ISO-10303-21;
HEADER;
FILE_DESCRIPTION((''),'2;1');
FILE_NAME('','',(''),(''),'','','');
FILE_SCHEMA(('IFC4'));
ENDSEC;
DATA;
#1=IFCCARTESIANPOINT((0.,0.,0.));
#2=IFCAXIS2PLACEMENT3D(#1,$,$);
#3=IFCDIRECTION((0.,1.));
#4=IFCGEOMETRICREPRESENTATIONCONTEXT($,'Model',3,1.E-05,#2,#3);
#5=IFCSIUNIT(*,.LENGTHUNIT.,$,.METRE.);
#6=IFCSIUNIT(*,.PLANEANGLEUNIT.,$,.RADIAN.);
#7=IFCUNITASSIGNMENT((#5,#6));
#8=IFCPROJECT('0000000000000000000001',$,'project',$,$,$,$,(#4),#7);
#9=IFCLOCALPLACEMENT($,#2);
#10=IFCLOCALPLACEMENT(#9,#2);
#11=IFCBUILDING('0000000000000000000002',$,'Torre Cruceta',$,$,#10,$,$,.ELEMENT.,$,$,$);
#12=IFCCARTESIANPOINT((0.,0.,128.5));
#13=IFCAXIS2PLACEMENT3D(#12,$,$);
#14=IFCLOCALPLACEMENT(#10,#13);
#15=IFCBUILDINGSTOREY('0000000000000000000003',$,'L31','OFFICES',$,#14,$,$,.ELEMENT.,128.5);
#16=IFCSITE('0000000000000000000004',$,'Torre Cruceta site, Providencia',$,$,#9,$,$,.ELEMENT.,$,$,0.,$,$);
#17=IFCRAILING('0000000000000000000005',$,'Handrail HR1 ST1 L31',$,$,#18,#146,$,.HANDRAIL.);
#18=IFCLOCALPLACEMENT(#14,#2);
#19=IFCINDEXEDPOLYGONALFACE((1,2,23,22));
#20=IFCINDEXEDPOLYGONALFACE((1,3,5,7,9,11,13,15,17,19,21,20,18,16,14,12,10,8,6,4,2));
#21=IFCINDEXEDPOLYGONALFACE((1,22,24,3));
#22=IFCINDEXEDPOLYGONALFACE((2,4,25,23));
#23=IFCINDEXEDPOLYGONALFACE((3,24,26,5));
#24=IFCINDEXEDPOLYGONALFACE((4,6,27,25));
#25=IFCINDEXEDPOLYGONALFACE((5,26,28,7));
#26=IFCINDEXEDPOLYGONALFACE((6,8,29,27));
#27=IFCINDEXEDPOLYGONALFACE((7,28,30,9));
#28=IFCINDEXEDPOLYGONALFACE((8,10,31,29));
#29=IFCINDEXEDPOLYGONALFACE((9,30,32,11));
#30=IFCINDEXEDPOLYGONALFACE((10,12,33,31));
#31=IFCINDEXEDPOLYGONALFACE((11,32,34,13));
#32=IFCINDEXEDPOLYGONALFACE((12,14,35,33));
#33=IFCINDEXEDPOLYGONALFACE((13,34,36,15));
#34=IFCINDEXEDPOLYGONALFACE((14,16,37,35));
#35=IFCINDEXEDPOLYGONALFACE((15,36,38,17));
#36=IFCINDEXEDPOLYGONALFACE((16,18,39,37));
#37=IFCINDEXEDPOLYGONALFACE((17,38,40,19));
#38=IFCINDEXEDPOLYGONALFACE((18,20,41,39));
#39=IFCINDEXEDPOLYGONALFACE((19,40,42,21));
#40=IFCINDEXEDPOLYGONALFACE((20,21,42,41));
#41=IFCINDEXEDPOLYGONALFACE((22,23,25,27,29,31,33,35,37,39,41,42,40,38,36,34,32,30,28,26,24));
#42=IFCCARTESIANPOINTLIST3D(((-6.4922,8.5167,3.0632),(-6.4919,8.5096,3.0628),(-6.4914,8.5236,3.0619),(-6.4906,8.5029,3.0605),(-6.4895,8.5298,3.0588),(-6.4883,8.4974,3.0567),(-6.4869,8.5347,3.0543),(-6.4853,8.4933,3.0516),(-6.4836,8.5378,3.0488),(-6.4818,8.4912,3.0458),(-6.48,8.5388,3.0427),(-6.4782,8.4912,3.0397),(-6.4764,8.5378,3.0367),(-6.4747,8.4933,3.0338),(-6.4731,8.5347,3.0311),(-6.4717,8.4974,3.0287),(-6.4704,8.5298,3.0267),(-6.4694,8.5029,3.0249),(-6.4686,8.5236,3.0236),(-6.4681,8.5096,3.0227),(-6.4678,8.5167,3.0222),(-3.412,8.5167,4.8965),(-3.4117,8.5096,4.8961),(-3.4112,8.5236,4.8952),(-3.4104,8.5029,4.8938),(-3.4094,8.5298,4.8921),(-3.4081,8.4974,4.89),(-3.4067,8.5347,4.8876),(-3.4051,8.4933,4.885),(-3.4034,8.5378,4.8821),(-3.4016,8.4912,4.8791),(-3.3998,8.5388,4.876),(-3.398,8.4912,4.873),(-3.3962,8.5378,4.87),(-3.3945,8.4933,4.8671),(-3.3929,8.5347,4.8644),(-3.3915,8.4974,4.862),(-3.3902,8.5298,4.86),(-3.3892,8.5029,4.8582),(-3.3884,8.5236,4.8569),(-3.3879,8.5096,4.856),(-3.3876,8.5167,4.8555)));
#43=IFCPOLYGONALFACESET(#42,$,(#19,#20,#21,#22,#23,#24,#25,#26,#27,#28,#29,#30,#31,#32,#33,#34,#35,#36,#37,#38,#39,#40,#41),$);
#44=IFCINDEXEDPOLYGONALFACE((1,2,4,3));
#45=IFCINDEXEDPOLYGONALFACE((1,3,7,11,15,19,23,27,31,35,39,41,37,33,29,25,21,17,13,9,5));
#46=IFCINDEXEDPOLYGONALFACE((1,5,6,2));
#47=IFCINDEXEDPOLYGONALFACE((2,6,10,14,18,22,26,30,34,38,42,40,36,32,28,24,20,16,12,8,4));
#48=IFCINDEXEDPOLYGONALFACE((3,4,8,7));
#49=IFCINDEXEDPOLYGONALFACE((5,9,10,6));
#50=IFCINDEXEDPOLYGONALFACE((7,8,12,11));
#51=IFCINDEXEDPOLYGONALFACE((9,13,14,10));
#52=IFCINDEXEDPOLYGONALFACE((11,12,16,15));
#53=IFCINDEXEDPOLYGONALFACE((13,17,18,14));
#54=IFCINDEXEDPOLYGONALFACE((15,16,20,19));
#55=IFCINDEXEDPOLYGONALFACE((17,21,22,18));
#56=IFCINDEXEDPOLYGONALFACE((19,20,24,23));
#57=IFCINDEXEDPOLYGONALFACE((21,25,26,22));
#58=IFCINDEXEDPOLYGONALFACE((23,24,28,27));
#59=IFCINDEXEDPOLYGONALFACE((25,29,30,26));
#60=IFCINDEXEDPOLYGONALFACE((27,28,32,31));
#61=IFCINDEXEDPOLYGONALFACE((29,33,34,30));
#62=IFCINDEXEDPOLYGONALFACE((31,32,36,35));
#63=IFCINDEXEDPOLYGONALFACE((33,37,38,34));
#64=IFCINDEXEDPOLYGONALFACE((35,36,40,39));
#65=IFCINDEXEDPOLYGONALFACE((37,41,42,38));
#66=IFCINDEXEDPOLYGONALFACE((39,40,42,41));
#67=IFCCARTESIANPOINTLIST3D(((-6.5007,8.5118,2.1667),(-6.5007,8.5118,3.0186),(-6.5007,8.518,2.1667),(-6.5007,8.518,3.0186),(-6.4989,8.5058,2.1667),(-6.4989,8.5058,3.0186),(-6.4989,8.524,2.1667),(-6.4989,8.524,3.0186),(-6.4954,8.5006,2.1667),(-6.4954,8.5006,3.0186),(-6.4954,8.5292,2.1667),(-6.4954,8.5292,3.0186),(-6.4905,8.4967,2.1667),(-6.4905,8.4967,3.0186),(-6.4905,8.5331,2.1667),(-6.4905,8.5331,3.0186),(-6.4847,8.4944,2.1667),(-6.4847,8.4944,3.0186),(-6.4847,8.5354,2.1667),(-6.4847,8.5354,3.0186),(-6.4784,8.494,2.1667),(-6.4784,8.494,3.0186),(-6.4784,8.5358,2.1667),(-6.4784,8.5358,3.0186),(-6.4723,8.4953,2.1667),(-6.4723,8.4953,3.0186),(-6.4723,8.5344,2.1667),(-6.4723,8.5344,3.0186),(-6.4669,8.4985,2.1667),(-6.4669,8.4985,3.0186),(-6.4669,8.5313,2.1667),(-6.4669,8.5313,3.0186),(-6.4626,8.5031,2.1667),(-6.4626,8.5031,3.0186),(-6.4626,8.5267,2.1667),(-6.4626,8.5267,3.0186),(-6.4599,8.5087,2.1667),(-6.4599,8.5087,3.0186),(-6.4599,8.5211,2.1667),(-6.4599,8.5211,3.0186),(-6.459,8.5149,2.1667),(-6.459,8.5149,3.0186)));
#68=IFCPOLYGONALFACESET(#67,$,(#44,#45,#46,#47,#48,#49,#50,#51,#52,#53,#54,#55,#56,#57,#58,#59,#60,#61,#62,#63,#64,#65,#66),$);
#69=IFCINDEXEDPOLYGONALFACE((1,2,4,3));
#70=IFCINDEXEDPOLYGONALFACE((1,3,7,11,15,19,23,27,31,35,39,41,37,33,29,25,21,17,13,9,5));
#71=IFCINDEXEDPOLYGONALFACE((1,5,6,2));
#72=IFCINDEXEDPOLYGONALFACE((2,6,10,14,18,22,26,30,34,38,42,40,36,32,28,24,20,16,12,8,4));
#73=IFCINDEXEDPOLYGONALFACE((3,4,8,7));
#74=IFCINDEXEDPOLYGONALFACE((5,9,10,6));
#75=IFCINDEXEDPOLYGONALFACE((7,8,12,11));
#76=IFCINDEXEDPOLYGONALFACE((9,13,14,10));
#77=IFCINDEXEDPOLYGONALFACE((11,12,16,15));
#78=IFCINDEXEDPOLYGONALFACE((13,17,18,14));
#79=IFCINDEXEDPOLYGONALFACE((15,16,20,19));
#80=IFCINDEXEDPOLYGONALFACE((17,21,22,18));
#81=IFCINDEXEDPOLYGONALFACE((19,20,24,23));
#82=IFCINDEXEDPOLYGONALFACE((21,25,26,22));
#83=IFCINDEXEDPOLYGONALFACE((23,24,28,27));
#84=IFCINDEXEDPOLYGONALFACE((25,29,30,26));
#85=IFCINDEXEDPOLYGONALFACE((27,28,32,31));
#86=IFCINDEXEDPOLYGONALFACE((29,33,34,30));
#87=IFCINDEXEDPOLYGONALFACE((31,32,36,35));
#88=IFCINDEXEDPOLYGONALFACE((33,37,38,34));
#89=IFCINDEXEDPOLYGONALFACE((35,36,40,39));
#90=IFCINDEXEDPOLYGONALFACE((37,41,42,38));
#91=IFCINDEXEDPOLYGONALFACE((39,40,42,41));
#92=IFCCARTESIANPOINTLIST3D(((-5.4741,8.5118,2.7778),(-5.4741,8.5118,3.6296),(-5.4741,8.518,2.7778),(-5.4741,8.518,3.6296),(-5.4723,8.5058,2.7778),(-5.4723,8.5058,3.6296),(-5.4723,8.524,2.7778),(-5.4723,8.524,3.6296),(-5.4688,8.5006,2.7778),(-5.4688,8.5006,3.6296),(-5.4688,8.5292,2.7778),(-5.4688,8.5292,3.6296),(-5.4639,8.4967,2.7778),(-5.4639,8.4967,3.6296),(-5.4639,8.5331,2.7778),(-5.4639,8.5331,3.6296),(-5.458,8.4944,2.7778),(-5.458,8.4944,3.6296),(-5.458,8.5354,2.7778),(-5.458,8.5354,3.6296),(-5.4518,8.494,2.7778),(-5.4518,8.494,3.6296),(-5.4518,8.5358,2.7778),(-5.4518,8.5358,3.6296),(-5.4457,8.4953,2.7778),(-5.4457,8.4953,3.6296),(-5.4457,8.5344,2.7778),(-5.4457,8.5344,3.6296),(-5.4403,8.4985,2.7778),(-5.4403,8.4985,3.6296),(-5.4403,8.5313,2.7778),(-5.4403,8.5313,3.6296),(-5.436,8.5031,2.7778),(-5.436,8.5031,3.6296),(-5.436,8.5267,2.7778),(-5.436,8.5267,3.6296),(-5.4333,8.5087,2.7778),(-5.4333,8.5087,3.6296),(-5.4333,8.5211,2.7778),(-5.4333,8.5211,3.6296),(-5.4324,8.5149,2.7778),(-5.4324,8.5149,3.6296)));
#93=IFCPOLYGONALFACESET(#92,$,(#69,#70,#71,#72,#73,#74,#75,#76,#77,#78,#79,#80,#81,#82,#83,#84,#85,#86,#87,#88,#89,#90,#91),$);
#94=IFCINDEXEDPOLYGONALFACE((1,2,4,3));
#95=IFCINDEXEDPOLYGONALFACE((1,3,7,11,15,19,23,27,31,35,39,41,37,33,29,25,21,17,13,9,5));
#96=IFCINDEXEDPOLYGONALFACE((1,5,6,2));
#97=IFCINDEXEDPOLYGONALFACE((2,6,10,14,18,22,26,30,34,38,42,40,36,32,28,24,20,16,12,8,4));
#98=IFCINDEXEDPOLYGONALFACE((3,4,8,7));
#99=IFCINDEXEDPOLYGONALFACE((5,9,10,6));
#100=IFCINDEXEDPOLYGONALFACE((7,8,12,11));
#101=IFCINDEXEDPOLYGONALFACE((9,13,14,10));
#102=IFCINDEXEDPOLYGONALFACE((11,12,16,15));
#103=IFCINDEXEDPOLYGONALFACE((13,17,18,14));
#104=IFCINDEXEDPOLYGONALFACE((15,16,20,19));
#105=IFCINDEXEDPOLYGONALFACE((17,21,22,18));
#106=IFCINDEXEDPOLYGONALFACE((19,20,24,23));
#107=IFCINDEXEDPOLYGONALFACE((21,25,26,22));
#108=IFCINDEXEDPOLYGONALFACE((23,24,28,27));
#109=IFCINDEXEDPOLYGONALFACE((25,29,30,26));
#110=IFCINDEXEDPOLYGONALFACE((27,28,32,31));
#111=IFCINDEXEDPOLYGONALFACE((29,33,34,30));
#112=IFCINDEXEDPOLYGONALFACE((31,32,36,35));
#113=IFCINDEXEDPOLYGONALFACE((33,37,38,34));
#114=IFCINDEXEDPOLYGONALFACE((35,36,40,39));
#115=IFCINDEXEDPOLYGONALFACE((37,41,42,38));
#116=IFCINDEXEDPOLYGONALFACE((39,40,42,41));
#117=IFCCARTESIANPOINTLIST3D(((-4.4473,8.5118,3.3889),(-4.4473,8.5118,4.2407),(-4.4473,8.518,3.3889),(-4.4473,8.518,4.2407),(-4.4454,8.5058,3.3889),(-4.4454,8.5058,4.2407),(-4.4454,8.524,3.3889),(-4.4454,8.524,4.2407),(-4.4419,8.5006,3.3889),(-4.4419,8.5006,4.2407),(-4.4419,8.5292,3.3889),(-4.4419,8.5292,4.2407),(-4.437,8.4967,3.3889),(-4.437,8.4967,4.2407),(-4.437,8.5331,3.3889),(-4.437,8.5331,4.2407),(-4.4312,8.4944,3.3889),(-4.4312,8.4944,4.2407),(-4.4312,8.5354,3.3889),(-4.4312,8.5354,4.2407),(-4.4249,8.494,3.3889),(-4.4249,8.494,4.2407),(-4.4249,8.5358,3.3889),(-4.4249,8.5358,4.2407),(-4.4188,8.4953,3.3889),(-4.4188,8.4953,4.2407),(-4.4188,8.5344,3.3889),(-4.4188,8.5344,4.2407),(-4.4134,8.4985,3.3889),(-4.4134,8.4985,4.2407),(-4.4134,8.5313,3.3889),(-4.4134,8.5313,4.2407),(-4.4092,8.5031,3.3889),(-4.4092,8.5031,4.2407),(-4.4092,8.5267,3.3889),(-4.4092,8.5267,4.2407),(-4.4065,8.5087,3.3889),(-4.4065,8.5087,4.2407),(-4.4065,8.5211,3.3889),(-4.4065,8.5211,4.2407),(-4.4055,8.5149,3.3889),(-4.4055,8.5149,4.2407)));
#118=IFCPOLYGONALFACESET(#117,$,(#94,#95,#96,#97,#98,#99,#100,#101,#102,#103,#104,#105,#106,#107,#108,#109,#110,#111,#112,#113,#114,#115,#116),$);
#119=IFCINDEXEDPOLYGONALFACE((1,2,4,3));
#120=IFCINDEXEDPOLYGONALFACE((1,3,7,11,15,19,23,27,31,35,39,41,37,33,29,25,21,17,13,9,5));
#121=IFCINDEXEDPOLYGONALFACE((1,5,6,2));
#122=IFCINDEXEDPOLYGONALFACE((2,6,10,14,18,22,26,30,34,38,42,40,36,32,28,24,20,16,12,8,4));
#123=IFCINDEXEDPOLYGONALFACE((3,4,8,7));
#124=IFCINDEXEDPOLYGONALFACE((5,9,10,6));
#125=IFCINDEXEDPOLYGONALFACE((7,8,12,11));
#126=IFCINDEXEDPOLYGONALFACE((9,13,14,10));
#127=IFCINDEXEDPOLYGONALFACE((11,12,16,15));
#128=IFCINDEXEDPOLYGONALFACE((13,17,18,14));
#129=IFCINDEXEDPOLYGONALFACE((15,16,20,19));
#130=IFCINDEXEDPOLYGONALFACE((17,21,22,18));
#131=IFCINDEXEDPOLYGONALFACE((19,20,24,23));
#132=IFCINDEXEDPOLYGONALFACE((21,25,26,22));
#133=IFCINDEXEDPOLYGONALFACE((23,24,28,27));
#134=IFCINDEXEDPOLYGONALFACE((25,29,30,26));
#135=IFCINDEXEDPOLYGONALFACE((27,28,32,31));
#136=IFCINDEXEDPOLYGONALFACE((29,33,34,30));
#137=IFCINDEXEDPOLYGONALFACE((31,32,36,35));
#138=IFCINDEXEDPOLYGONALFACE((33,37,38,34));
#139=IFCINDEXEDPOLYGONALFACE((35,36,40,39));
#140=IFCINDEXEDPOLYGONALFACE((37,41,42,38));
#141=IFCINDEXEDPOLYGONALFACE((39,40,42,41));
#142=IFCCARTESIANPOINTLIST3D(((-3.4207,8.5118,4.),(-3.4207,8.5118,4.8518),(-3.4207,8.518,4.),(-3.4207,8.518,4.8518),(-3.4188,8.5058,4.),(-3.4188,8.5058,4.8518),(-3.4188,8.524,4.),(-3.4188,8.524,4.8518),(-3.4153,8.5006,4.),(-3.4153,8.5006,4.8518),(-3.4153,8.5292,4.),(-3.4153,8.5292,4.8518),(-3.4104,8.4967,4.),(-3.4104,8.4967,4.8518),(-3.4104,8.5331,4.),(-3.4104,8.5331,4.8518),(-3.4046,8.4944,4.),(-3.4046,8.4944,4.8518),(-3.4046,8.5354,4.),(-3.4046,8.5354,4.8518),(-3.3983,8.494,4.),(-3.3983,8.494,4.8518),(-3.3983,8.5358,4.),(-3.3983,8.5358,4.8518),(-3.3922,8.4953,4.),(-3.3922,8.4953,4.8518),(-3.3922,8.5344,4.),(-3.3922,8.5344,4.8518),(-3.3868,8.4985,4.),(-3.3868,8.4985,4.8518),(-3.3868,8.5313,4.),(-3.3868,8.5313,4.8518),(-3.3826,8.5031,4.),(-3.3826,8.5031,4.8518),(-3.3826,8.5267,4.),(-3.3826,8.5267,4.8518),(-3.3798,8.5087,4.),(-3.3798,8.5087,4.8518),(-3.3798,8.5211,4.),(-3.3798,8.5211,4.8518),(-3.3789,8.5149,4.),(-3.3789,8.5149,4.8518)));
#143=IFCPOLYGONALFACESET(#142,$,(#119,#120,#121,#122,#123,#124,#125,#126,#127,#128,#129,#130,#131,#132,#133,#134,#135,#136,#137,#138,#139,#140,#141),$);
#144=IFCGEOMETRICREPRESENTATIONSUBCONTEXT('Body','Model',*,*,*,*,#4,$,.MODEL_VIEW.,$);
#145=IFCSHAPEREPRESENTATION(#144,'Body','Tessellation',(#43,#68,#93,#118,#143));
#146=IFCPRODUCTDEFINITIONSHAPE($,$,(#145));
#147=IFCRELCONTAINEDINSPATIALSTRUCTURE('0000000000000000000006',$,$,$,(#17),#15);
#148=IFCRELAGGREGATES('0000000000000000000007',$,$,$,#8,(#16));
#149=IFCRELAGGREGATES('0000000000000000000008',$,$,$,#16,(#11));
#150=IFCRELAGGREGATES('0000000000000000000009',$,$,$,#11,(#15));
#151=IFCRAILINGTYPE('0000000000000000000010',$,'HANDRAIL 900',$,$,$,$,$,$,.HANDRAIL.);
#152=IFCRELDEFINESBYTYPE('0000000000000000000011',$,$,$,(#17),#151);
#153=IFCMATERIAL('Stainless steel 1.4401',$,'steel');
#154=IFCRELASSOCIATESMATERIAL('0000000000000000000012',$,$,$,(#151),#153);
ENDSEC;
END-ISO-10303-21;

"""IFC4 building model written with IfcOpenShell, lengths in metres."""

from ifc_helpers import new_model, si_unit, direction, frame, origin, origin_2d, place, context, subcontext, project, spatial, circle, extrude, material, type_object, element, save


model = new_model("IFC4")

# Units and contexts
model_context = context("Model", 3, precision=1e-05, world=origin(), true_north=direction((0.0, 1.0)))
body_context = subcontext(model_context, "Body", "Model", "MODEL_VIEW")
ifc_project = project(units=[si_unit("LENGTHUNIT", "METRE"), si_unit("PLANEANGLEUNIT", "RADIAN")], contexts=[model_context])

# Site, building, storey
site_placement = place(None, origin())
site = spatial("IfcSite", under=ifc_project, at=site_placement, Name="Torre Cruceta site, Providencia", CompositionType="ELEMENT", RefElevation=0.0)
building_placement = place(site_placement, origin())
building = spatial("IfcBuilding", under=site, at=building_placement, Name="Torre Cruceta", CompositionType="ELEMENT")
storey_placement = place(building_placement, frame((0.0, 0.0, 128.5)))
storey = spatial("IfcBuildingStorey", under=building, at=storey_placement, Name="L31", Description="OFFICES", CompositionType="ELEMENT", Elevation=128.5)

# Railing
ifc_material_1 = material(Name="Stainless steel 1.4401", Category="steel")
railing_type = type_object("IfcRailingType", Name="HANDRAIL 900", PredefinedType="HANDRAIL", material=ifc_material_1)
railing_placement = place(storey_placement, frame((-6.48, 8.5149, 2.1667)))
element("IfcRailing", 1, at=railing_placement, inside=storey, type_object=railing_type, Name="Handrail HR1 ST1 L31", PredefinedType="HANDRAIL", context=body_context, shape_type="SweptSolid", body=[
    extrude(circle(Radius=0.0239, at=origin_2d()), frame((0.0, 0.0, 0.876), z_axis=(0.859309, 0.0, 0.511458), x_axis=(0.0, 1.0, 0.0)), (0.0, 0.0, 1.0), 3.5845),
    extrude(circle(Radius=0.021, at=origin_2d()), origin(), (0.0, 0.0, 1.0), 0.8518),
    extrude(circle(Radius=0.021, at=origin_2d()), frame((1.0266, 0.0, 0.6111)), (0.0, 0.0, 1.0), 0.8518),
    extrude(circle(Radius=0.021, at=origin_2d()), frame((2.0535, 0.0, 1.2222)), (0.0, 0.0, 1.0), 0.8518),
    extrude(circle(Radius=0.021, at=origin_2d()), frame((3.0801, 0.0, 1.8333)), (0.0, 0.0, 1.0), 0.8518),
])

save(model, "model.ifc")
